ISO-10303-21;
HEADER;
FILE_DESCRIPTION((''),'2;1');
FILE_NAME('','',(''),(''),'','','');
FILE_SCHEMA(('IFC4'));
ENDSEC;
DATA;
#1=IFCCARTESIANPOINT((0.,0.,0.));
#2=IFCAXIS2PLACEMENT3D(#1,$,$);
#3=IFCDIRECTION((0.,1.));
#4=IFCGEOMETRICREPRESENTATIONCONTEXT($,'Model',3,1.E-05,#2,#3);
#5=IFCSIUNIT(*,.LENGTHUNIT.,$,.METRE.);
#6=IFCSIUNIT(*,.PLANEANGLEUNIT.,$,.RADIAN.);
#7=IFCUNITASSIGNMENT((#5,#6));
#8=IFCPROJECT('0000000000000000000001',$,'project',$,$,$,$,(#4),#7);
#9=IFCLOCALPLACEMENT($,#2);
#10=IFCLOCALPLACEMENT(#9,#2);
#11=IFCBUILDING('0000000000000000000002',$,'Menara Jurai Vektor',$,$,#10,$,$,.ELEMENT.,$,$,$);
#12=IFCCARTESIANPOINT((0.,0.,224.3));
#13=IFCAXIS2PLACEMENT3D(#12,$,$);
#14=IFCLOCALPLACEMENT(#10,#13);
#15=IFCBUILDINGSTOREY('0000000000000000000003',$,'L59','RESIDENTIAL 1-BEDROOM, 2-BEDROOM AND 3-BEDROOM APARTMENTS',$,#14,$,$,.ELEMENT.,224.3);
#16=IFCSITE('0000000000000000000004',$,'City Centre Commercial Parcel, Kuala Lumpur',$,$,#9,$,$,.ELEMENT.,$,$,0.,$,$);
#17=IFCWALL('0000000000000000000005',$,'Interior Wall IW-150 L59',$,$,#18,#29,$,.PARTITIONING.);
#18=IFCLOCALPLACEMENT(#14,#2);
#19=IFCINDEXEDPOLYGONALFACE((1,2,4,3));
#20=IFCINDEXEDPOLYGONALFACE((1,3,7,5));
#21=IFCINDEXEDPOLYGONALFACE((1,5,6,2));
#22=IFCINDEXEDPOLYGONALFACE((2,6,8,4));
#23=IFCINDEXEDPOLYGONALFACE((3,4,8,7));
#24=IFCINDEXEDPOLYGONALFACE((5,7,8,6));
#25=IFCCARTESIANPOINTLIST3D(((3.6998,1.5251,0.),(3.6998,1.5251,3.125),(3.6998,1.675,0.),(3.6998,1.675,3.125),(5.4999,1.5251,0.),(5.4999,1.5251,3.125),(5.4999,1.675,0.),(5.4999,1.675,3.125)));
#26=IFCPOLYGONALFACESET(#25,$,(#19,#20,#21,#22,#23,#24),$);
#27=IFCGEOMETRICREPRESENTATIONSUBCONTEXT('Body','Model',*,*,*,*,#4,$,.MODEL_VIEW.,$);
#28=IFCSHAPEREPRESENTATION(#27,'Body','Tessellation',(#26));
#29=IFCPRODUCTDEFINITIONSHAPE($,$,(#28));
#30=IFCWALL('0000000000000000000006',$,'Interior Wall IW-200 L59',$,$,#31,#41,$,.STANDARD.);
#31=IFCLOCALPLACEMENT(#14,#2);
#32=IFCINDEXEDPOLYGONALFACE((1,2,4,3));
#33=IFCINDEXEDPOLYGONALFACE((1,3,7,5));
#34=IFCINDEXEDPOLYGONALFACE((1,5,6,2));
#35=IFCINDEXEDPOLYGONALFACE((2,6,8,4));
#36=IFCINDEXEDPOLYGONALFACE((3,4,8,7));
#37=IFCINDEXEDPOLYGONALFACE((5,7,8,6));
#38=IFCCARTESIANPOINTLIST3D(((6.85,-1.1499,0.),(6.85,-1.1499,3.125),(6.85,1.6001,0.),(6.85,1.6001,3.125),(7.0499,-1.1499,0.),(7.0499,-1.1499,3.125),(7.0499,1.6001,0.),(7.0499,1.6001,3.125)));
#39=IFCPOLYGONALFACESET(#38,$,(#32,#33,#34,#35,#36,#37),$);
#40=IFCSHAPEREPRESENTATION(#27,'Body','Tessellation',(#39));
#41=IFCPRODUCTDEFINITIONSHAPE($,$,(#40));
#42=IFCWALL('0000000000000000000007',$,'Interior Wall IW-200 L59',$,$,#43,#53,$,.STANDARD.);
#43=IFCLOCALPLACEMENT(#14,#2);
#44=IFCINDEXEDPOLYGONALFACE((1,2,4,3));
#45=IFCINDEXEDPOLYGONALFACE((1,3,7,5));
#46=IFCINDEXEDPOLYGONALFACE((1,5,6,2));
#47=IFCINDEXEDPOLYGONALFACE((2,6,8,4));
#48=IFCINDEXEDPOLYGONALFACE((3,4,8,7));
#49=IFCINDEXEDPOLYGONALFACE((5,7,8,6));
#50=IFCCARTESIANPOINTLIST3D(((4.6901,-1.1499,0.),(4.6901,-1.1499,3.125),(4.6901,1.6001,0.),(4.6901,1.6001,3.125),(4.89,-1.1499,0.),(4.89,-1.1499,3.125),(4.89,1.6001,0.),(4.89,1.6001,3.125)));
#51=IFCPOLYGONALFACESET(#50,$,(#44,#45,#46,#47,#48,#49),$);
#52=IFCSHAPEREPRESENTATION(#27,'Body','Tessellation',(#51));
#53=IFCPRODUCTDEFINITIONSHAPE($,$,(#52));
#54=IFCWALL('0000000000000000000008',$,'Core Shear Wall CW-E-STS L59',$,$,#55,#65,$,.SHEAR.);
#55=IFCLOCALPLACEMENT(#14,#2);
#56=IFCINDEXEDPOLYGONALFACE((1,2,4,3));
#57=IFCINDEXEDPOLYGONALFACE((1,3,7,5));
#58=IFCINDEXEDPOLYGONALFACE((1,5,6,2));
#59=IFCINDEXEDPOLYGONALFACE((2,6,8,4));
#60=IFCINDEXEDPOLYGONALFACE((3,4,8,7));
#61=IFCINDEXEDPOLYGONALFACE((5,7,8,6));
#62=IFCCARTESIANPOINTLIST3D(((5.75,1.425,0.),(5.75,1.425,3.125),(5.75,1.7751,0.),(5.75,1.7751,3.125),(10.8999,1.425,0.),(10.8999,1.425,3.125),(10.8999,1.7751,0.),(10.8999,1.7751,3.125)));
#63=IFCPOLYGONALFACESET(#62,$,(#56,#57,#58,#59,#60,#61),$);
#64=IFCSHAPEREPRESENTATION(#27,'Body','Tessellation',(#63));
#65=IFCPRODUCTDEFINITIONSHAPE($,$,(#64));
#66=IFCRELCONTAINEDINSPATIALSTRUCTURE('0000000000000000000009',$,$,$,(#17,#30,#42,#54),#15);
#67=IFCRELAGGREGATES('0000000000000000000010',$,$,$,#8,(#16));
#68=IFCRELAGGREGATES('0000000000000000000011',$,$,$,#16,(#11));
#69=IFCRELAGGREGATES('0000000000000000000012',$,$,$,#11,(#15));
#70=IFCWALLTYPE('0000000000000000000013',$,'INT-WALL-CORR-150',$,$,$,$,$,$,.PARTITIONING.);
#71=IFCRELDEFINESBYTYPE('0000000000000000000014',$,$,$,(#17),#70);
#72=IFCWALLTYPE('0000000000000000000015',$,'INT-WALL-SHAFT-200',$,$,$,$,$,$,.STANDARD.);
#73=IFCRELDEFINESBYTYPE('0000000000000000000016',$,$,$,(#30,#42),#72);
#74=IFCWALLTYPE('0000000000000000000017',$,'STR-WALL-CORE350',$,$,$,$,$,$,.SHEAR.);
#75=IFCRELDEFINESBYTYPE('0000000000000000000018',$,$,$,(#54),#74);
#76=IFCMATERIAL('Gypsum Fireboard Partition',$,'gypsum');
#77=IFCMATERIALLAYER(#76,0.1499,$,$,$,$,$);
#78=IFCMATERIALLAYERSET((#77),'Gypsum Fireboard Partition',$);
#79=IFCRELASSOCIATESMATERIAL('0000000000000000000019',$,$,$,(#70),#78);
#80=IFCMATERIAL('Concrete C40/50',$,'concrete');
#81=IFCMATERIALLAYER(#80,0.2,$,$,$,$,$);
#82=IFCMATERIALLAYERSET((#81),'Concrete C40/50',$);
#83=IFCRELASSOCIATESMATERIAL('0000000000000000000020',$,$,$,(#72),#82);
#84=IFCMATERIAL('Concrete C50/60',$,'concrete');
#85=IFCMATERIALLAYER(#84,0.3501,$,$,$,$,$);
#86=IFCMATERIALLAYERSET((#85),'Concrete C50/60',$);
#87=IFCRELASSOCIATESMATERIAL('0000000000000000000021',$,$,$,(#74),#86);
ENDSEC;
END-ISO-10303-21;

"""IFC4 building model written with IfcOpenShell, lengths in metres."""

from ifc_helpers import new_model, si_unit, direction, frame, frame_2d, origin, place, context, subcontext, project, spatial, rectangle, extrude, material, layer, layer_set, type_object, element, save


model = new_model("IFC4")

# Units and contexts
model_context = context("Model", 3, precision=1e-05, world=origin(), true_north=direction((0.0, 1.0)))
body_context = subcontext(model_context, "Body", "Model", "MODEL_VIEW")
ifc_project = project(units=[si_unit("LENGTHUNIT", "METRE"), si_unit("PLANEANGLEUNIT", "RADIAN")], contexts=[model_context])

# Site, building, storey
site_placement = place(None, origin())
site = spatial("IfcSite", under=ifc_project, at=site_placement, Name="City Centre Commercial Parcel, Kuala Lumpur", CompositionType="ELEMENT", RefElevation=0.0)
building_placement = place(site_placement, origin())
building = spatial("IfcBuilding", under=site, at=building_placement, Name="Menara Jurai Vektor", CompositionType="ELEMENT")
storey_placement = place(building_placement, frame((0.0, 0.0, 224.3)))
storey = spatial("IfcBuildingStorey", under=building, at=storey_placement, Name="L59", Description="RESIDENTIAL 1-BEDROOM, 2-BEDROOM AND 3-BEDROOM APARTMENTS", CompositionType="ELEMENT", Elevation=224.3)

# Shared definitions
ifc_material_1 = material(Name="Concrete C40/50", Category="concrete")

# Wall
ifc_material_2 = material(Name="Gypsum Fireboard Partition", Category="gypsum")
ifc_layer_1 = layer(ifc_material_2, 0.1499)
ifc_layer_set_1 = layer_set([ifc_layer_1], Name="Gypsum Fireboard Partition")
wall_type_1 = type_object("IfcWallType", Name="INT-WALL-CORR-150", PredefinedType="PARTITIONING", material=ifc_layer_set_1)
wall_1_placement = place(storey_placement, frame((3.7, 1.6001, 0.0), z_axis=(0.0, 0.0, 1.0), x_axis=(1.0, 0.0, 0.0)))
element("IfcWall", 1, at=wall_1_placement, inside=storey, type_object=wall_type_1, Name="Interior Wall IW-150 L59", PredefinedType="PARTITIONING", context=body_context, shape_type="SweptSolid", body=[
    extrude(rectangle(XDim=1.8, YDim=0.1499, at=frame_2d((0.8999, 0.0))), origin(), (0.0, 0.0, 1.0), 3.125),
])

# Shared definitions
ifc_layer_2 = layer(ifc_material_1, 0.2)
ifc_layer_set_2 = layer_set([ifc_layer_2], Name="Concrete C40/50")
wall_type_2 = type_object("IfcWallType", Name="INT-WALL-SHAFT-200", PredefinedType="STANDARD", material=ifc_layer_set_2)

# Wall
wall_2_placement = place(storey_placement, frame((6.95, -1.1499, 0.0), z_axis=(0.0, 0.0, 1.0), x_axis=(0.0, 1.0, 0.0)))
element("IfcWall", 2, at=wall_2_placement, inside=storey, type_object=wall_type_2, Name="Interior Wall IW-200 L59", PredefinedType="STANDARD", context=body_context, shape_type="SweptSolid", body=[
    extrude(rectangle(XDim=2.75, YDim=0.2, at=frame_2d((1.375, 0.0))), origin(), (0.0, 0.0, 1.0), 3.125),
])

# Wall
wall_3_placement = place(storey_placement, frame((4.79, -1.1499, 0.0), z_axis=(0.0, 0.0, 1.0), x_axis=(0.0, 1.0, 0.0)))
element("IfcWall", 3, at=wall_3_placement, inside=storey, type_object=wall_type_2, Name="Interior Wall IW-200 L59", PredefinedType="STANDARD", context=body_context, shape_type="SweptSolid", body=[
    extrude(rectangle(XDim=2.75, YDim=0.2, at=frame_2d((1.375, 0.0))), origin(), (0.0, 0.0, 1.0), 3.125),
])

# Wall
ifc_material_3 = material(Name="Concrete C50/60", Category="concrete")
ifc_layer_3 = layer(ifc_material_3, 0.3501)
ifc_layer_set_3 = layer_set([ifc_layer_3], Name="Concrete C50/60")
wall_type_3 = type_object("IfcWallType", Name="STR-WALL-CORE350", PredefinedType="SHEAR", material=ifc_layer_set_3)
wall_4_placement = place(storey_placement, frame((5.75, 1.6001, 0.0), z_axis=(0.0, 0.0, 1.0), x_axis=(1.0, 0.0, 0.0)))
element("IfcWall", 4, at=wall_4_placement, inside=storey, type_object=wall_type_3, Name="Core Shear Wall CW-E-STS L59", PredefinedType="SHEAR", context=body_context, shape_type="SweptSolid", body=[
    extrude(rectangle(XDim=5.1499, YDim=0.3501, at=frame_2d((2.575, 0.0))), origin(), (0.0, 0.0, 1.0), 3.125),
])

save(model, "model.ifc")
